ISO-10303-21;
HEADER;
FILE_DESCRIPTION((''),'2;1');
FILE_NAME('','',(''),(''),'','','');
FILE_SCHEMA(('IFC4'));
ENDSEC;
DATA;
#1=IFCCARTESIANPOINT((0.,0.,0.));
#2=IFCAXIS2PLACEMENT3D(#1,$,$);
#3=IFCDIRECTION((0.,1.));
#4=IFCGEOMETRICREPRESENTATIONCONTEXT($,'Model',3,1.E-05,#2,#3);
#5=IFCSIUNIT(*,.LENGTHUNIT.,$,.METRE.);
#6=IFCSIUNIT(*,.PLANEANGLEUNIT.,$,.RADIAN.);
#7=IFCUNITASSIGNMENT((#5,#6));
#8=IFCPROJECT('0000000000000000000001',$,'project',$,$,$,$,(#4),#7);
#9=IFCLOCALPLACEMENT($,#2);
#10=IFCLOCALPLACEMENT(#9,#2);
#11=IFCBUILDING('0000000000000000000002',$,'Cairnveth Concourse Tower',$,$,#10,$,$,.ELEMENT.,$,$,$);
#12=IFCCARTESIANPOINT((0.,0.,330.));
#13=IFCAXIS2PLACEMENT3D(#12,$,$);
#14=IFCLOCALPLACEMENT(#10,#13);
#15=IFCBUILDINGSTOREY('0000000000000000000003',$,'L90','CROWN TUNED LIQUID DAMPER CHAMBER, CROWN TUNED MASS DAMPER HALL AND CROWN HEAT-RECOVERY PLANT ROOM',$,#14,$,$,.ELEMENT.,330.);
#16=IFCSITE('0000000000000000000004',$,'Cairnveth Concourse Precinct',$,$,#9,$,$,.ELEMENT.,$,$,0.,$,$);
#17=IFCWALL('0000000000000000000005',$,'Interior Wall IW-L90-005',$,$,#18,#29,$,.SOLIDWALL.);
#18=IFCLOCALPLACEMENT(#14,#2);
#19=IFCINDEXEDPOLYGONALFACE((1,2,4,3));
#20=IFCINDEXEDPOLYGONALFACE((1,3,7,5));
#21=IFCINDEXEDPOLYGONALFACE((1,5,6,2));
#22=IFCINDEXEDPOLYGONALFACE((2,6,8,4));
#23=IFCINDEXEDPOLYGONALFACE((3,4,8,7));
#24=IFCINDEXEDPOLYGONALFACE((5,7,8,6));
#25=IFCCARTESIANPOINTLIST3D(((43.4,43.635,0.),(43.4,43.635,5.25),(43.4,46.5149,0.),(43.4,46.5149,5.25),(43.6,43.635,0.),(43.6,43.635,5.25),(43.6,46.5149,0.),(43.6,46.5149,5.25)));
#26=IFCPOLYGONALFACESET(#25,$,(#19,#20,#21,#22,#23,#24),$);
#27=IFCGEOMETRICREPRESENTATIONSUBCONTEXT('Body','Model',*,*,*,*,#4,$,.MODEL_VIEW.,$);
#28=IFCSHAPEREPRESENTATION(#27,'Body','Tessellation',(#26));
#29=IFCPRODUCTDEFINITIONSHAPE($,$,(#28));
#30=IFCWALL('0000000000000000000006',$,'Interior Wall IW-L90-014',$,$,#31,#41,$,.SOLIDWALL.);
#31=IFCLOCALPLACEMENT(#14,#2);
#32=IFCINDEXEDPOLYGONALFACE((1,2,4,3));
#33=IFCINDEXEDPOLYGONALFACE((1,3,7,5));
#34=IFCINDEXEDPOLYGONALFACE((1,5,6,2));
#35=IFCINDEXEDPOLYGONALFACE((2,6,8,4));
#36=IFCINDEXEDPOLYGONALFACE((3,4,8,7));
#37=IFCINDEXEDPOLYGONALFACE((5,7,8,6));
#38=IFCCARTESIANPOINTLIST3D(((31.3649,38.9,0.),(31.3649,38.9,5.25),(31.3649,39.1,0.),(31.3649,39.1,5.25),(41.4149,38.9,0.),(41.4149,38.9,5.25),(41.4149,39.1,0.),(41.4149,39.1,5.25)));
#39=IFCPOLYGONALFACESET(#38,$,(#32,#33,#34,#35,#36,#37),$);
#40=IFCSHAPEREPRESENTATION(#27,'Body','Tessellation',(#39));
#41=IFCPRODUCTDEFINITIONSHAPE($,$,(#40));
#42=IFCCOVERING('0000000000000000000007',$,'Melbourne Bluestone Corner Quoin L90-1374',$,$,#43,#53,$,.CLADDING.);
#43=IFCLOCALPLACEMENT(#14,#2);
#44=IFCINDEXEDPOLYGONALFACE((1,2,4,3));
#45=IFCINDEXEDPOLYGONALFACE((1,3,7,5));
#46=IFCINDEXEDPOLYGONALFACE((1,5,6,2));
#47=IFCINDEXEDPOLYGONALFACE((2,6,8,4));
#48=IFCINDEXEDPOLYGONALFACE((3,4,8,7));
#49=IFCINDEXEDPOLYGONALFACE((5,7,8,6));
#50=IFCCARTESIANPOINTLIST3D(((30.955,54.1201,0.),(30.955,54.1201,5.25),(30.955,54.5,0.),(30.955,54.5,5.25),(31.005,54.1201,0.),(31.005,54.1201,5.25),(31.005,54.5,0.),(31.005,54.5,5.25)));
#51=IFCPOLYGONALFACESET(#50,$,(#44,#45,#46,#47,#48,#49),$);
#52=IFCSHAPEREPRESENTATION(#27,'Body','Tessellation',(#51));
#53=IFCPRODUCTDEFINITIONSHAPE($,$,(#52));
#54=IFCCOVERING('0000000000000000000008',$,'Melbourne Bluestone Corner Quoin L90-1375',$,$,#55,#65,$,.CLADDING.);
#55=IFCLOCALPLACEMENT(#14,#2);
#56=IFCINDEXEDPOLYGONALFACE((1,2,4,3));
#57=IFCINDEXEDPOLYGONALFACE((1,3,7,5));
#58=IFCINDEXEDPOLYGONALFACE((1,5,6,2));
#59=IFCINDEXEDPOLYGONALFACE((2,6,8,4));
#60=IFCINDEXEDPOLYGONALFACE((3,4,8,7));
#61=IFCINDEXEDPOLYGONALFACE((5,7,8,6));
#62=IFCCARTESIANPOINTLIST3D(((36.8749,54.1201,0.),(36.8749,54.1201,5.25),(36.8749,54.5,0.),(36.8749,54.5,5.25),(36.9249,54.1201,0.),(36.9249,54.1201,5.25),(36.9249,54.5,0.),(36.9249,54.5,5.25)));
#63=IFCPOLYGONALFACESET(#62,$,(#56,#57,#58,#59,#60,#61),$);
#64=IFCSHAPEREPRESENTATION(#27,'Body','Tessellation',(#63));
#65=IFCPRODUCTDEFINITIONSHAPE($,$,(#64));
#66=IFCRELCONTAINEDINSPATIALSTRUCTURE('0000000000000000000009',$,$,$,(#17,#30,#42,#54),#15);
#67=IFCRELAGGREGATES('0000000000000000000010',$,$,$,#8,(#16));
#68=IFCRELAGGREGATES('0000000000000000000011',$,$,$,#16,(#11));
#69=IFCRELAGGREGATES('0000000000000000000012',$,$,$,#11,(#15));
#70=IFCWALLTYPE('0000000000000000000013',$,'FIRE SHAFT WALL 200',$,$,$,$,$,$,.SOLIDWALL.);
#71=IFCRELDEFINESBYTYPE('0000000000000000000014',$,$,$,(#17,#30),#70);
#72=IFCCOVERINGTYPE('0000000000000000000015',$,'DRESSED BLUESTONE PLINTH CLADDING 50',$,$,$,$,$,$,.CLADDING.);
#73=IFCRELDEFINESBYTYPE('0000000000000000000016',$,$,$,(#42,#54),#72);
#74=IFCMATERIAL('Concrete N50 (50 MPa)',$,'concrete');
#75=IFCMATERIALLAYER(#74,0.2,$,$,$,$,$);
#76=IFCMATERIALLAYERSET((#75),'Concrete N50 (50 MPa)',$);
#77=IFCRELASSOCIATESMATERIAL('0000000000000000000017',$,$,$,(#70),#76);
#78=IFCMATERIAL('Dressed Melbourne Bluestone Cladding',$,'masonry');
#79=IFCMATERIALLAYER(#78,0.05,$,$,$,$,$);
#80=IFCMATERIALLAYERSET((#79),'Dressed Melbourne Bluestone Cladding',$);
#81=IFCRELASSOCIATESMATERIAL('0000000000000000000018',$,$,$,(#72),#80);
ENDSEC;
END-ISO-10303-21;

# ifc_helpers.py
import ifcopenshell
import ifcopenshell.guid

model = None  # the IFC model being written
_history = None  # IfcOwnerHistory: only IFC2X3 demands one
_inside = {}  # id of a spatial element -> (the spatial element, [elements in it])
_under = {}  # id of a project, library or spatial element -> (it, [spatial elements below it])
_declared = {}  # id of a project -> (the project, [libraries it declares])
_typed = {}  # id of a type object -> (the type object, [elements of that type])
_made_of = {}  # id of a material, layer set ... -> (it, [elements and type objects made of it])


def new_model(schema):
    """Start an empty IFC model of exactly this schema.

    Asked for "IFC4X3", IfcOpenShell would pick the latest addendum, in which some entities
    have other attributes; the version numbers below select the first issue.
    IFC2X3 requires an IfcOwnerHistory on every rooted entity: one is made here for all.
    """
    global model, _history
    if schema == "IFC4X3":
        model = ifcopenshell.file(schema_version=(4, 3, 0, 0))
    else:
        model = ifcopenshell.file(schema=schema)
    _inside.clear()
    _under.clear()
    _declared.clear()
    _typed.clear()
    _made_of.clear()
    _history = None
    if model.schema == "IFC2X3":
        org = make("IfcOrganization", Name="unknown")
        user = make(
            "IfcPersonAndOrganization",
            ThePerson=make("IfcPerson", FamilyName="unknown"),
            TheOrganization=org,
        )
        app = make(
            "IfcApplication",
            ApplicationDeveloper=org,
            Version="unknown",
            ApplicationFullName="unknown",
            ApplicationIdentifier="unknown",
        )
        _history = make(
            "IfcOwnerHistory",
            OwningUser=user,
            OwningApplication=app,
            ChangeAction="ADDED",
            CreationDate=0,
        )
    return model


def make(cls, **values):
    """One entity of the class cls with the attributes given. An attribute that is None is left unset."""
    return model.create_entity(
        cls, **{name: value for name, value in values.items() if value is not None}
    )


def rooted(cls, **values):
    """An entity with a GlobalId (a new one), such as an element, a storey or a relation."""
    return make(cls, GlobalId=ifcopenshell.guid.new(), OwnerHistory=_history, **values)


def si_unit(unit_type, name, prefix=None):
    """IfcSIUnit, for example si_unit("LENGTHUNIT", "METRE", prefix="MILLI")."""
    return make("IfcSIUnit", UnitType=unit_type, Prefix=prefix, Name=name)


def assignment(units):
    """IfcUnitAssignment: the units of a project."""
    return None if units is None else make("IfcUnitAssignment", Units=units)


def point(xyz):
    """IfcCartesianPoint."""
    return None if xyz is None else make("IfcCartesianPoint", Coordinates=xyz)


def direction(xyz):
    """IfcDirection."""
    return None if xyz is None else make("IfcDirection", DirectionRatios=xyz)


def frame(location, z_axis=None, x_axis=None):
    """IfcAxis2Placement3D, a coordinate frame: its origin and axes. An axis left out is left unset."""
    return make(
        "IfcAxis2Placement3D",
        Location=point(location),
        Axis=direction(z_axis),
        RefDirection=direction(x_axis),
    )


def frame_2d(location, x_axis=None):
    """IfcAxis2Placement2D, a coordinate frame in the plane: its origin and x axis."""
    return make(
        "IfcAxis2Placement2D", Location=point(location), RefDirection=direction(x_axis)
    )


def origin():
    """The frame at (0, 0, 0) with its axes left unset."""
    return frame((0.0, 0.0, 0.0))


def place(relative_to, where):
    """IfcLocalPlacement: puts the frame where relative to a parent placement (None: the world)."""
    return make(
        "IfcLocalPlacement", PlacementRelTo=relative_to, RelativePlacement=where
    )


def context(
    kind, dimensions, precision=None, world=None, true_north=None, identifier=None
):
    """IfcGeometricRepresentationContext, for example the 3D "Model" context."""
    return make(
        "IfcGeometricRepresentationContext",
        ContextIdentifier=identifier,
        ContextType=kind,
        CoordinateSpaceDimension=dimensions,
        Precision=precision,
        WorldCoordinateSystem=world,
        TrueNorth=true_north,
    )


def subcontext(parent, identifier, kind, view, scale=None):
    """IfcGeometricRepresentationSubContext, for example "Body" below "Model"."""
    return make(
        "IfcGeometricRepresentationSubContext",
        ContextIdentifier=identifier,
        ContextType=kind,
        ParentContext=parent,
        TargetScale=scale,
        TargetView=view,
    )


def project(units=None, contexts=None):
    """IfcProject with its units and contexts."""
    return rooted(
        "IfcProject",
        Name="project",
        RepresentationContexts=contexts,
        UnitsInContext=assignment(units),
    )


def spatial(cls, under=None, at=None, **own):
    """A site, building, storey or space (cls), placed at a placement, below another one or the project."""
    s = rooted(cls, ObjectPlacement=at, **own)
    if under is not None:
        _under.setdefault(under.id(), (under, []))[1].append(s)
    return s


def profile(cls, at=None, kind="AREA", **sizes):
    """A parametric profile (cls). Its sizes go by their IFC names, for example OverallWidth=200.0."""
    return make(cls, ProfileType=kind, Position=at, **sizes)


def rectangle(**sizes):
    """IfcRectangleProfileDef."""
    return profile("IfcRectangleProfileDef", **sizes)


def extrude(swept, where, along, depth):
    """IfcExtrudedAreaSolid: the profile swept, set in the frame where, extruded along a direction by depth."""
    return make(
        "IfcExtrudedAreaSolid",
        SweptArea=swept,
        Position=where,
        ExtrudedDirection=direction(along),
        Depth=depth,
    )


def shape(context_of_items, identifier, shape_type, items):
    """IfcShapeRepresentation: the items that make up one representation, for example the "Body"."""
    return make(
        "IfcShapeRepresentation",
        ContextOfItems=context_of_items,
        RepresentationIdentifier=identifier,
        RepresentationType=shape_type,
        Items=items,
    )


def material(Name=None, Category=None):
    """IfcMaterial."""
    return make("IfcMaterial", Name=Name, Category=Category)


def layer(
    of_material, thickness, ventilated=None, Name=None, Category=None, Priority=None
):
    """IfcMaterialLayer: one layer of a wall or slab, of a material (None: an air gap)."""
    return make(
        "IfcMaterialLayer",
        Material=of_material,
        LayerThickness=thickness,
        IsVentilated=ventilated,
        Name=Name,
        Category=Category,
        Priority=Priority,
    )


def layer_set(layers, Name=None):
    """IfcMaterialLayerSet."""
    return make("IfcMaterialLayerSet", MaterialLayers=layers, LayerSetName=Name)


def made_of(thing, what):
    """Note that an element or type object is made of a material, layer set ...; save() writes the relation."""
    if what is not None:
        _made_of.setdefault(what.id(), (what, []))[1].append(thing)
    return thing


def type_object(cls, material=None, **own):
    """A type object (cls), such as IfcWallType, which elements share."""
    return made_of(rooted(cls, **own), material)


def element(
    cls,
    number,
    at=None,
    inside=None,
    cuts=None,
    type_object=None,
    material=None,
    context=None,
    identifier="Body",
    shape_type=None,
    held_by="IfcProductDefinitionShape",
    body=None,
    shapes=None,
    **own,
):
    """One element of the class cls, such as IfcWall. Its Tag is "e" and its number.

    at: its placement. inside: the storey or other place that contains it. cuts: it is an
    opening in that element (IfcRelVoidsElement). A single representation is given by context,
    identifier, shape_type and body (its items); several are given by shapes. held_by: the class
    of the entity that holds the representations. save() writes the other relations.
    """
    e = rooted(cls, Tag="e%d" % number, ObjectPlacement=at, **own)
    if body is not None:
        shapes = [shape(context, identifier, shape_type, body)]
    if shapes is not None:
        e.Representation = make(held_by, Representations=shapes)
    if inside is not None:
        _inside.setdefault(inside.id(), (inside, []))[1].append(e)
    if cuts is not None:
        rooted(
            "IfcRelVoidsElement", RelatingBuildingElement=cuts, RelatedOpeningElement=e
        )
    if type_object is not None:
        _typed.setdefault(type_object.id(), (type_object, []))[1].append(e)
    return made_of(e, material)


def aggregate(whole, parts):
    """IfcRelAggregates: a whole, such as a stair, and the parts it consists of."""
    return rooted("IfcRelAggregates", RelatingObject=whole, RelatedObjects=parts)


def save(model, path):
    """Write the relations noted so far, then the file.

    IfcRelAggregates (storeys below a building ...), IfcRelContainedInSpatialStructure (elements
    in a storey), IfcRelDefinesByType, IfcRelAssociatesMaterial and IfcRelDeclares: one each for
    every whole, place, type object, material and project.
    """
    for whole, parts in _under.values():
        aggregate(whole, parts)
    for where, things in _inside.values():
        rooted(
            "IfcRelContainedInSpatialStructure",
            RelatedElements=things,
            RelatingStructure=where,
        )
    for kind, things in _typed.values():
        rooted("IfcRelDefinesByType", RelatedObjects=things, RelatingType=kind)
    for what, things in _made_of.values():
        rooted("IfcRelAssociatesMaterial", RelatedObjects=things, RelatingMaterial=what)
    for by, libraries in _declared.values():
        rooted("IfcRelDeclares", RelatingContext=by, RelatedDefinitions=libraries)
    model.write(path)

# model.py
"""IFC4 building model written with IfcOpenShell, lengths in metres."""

from ifc_helpers import new_model, si_unit, direction, frame, frame_2d, origin, place, context, subcontext, project, spatial, rectangle, extrude, material, layer, layer_set, type_object, element, save


model = new_model("IFC4")

# Units and contexts
model_context = context("Model", 3, precision=1e-05, world=origin(), true_north=direction((0.0, 1.0)))
body_context = subcontext(model_context, "Body", "Model", "MODEL_VIEW")
ifc_project = project(units=[si_unit("LENGTHUNIT", "METRE"), si_unit("PLANEANGLEUNIT", "RADIAN")], contexts=[model_context])

# Site, building, storey
site_placement = place(None, origin())
site = spatial("IfcSite", under=ifc_project, at=site_placement, Name="Cairnveth Concourse Precinct", CompositionType="ELEMENT", RefElevation=0.0)
building_placement = place(site_placement, origin())
building = spatial("IfcBuilding", under=site, at=building_placement, Name="Cairnveth Concourse Tower", CompositionType="ELEMENT")
storey_placement = place(building_placement, frame((0.0, 0.0, 330.0)))
storey = spatial("IfcBuildingStorey", under=building, at=storey_placement, Name="L90", Description="CROWN TUNED LIQUID DAMPER CHAMBER, CROWN TUNED MASS DAMPER HALL AND CROWN HEAT-RECOVERY PLANT ROOM", CompositionType="ELEMENT", Elevation=330.0)

# Shared definitions
ifc_material_1 = material(Name="Concrete N50 (50 MPa)", Category="concrete")

# Shared definitions
ifc_layer_1 = layer(ifc_material_1, 0.2)
ifc_layer_set_1 = layer_set([ifc_layer_1], Name="Concrete N50 (50 MPa)")
wall_type_1 = type_object("IfcWallType", Name="FIRE SHAFT WALL 200", PredefinedType="SOLIDWALL", material=ifc_layer_set_1)

# Walls
for number, where, z_axis, x_axis, name in (
    (1, (43.5, 43.635, 0.0), (0.0, 0.0, 1.0), (0.0, 1.0, 0.0), "Interior Wall IW-L90-005"),
):
    element("IfcWall", number, at=place(storey_placement, frame(where, z_axis=z_axis, x_axis=x_axis)), inside=storey, type_object=wall_type_1, Name=name, PredefinedType="SOLIDWALL", context=body_context, shape_type="SweptSolid", body=[
        extrude(rectangle(XDim=2.8799, YDim=0.2, at=frame_2d((1.4399, 0.0))), origin(), (0.0, 0.0, 1.0), 5.25),
    ])
wall_1_placement = place(storey_placement, frame((31.365, 39.0, 0.0), z_axis=(0.0, 0.0, 1.0), x_axis=(1.0, 0.0, 0.0)))
element("IfcWall", 2, at=wall_1_placement, inside=storey, type_object=wall_type_1, Name="Interior Wall IW-L90-014", PredefinedType="SOLIDWALL", context=body_context, shape_type="SweptSolid", body=[
    extrude(rectangle(XDim=10.05, YDim=0.2, at=frame_2d((5.0249, 0.0))), origin(), (0.0, 0.0, 1.0), 5.25),
])

# Coverings
ifc_material_2 = material(Name="Dressed Melbourne Bluestone Cladding", Category="masonry")
ifc_layer_2 = layer(ifc_material_2, 0.05)
ifc_layer_set_2 = layer_set([ifc_layer_2], Name="Dressed Melbourne Bluestone Cladding")
covering_type = type_object("IfcCoveringType", Name="DRESSED BLUESTONE PLINTH CLADDING 50", PredefinedType="CLADDING", material=ifc_layer_set_2)
for number, where, z_axis, x_axis, name in (
    (3, (30.98, 54.1201, 0.0), (0.0, 0.0, 1.0), (0.0, 1.0, 0.0), "Melbourne Bluestone Corner Quoin L90-1374"),
    (4, (36.8999, 54.1201, 0.0), (0.0, 0.0, 1.0), (0.0, 1.0, 0.0), "Melbourne Bluestone Corner Quoin L90-1375"),
):
    element("IfcCovering", number, at=place(storey_placement, frame(where, z_axis=z_axis, x_axis=x_axis)), inside=storey, type_object=covering_type, Name=name, PredefinedType="CLADDING", context=body_context, shape_type="SweptSolid", body=[
        extrude(rectangle(XDim=0.3799, YDim=0.05, at=frame_2d((0.1899, 0.0))), origin(), (0.0, 0.0, 1.0), 5.25),
    ])

save(model, "model.ifc")
